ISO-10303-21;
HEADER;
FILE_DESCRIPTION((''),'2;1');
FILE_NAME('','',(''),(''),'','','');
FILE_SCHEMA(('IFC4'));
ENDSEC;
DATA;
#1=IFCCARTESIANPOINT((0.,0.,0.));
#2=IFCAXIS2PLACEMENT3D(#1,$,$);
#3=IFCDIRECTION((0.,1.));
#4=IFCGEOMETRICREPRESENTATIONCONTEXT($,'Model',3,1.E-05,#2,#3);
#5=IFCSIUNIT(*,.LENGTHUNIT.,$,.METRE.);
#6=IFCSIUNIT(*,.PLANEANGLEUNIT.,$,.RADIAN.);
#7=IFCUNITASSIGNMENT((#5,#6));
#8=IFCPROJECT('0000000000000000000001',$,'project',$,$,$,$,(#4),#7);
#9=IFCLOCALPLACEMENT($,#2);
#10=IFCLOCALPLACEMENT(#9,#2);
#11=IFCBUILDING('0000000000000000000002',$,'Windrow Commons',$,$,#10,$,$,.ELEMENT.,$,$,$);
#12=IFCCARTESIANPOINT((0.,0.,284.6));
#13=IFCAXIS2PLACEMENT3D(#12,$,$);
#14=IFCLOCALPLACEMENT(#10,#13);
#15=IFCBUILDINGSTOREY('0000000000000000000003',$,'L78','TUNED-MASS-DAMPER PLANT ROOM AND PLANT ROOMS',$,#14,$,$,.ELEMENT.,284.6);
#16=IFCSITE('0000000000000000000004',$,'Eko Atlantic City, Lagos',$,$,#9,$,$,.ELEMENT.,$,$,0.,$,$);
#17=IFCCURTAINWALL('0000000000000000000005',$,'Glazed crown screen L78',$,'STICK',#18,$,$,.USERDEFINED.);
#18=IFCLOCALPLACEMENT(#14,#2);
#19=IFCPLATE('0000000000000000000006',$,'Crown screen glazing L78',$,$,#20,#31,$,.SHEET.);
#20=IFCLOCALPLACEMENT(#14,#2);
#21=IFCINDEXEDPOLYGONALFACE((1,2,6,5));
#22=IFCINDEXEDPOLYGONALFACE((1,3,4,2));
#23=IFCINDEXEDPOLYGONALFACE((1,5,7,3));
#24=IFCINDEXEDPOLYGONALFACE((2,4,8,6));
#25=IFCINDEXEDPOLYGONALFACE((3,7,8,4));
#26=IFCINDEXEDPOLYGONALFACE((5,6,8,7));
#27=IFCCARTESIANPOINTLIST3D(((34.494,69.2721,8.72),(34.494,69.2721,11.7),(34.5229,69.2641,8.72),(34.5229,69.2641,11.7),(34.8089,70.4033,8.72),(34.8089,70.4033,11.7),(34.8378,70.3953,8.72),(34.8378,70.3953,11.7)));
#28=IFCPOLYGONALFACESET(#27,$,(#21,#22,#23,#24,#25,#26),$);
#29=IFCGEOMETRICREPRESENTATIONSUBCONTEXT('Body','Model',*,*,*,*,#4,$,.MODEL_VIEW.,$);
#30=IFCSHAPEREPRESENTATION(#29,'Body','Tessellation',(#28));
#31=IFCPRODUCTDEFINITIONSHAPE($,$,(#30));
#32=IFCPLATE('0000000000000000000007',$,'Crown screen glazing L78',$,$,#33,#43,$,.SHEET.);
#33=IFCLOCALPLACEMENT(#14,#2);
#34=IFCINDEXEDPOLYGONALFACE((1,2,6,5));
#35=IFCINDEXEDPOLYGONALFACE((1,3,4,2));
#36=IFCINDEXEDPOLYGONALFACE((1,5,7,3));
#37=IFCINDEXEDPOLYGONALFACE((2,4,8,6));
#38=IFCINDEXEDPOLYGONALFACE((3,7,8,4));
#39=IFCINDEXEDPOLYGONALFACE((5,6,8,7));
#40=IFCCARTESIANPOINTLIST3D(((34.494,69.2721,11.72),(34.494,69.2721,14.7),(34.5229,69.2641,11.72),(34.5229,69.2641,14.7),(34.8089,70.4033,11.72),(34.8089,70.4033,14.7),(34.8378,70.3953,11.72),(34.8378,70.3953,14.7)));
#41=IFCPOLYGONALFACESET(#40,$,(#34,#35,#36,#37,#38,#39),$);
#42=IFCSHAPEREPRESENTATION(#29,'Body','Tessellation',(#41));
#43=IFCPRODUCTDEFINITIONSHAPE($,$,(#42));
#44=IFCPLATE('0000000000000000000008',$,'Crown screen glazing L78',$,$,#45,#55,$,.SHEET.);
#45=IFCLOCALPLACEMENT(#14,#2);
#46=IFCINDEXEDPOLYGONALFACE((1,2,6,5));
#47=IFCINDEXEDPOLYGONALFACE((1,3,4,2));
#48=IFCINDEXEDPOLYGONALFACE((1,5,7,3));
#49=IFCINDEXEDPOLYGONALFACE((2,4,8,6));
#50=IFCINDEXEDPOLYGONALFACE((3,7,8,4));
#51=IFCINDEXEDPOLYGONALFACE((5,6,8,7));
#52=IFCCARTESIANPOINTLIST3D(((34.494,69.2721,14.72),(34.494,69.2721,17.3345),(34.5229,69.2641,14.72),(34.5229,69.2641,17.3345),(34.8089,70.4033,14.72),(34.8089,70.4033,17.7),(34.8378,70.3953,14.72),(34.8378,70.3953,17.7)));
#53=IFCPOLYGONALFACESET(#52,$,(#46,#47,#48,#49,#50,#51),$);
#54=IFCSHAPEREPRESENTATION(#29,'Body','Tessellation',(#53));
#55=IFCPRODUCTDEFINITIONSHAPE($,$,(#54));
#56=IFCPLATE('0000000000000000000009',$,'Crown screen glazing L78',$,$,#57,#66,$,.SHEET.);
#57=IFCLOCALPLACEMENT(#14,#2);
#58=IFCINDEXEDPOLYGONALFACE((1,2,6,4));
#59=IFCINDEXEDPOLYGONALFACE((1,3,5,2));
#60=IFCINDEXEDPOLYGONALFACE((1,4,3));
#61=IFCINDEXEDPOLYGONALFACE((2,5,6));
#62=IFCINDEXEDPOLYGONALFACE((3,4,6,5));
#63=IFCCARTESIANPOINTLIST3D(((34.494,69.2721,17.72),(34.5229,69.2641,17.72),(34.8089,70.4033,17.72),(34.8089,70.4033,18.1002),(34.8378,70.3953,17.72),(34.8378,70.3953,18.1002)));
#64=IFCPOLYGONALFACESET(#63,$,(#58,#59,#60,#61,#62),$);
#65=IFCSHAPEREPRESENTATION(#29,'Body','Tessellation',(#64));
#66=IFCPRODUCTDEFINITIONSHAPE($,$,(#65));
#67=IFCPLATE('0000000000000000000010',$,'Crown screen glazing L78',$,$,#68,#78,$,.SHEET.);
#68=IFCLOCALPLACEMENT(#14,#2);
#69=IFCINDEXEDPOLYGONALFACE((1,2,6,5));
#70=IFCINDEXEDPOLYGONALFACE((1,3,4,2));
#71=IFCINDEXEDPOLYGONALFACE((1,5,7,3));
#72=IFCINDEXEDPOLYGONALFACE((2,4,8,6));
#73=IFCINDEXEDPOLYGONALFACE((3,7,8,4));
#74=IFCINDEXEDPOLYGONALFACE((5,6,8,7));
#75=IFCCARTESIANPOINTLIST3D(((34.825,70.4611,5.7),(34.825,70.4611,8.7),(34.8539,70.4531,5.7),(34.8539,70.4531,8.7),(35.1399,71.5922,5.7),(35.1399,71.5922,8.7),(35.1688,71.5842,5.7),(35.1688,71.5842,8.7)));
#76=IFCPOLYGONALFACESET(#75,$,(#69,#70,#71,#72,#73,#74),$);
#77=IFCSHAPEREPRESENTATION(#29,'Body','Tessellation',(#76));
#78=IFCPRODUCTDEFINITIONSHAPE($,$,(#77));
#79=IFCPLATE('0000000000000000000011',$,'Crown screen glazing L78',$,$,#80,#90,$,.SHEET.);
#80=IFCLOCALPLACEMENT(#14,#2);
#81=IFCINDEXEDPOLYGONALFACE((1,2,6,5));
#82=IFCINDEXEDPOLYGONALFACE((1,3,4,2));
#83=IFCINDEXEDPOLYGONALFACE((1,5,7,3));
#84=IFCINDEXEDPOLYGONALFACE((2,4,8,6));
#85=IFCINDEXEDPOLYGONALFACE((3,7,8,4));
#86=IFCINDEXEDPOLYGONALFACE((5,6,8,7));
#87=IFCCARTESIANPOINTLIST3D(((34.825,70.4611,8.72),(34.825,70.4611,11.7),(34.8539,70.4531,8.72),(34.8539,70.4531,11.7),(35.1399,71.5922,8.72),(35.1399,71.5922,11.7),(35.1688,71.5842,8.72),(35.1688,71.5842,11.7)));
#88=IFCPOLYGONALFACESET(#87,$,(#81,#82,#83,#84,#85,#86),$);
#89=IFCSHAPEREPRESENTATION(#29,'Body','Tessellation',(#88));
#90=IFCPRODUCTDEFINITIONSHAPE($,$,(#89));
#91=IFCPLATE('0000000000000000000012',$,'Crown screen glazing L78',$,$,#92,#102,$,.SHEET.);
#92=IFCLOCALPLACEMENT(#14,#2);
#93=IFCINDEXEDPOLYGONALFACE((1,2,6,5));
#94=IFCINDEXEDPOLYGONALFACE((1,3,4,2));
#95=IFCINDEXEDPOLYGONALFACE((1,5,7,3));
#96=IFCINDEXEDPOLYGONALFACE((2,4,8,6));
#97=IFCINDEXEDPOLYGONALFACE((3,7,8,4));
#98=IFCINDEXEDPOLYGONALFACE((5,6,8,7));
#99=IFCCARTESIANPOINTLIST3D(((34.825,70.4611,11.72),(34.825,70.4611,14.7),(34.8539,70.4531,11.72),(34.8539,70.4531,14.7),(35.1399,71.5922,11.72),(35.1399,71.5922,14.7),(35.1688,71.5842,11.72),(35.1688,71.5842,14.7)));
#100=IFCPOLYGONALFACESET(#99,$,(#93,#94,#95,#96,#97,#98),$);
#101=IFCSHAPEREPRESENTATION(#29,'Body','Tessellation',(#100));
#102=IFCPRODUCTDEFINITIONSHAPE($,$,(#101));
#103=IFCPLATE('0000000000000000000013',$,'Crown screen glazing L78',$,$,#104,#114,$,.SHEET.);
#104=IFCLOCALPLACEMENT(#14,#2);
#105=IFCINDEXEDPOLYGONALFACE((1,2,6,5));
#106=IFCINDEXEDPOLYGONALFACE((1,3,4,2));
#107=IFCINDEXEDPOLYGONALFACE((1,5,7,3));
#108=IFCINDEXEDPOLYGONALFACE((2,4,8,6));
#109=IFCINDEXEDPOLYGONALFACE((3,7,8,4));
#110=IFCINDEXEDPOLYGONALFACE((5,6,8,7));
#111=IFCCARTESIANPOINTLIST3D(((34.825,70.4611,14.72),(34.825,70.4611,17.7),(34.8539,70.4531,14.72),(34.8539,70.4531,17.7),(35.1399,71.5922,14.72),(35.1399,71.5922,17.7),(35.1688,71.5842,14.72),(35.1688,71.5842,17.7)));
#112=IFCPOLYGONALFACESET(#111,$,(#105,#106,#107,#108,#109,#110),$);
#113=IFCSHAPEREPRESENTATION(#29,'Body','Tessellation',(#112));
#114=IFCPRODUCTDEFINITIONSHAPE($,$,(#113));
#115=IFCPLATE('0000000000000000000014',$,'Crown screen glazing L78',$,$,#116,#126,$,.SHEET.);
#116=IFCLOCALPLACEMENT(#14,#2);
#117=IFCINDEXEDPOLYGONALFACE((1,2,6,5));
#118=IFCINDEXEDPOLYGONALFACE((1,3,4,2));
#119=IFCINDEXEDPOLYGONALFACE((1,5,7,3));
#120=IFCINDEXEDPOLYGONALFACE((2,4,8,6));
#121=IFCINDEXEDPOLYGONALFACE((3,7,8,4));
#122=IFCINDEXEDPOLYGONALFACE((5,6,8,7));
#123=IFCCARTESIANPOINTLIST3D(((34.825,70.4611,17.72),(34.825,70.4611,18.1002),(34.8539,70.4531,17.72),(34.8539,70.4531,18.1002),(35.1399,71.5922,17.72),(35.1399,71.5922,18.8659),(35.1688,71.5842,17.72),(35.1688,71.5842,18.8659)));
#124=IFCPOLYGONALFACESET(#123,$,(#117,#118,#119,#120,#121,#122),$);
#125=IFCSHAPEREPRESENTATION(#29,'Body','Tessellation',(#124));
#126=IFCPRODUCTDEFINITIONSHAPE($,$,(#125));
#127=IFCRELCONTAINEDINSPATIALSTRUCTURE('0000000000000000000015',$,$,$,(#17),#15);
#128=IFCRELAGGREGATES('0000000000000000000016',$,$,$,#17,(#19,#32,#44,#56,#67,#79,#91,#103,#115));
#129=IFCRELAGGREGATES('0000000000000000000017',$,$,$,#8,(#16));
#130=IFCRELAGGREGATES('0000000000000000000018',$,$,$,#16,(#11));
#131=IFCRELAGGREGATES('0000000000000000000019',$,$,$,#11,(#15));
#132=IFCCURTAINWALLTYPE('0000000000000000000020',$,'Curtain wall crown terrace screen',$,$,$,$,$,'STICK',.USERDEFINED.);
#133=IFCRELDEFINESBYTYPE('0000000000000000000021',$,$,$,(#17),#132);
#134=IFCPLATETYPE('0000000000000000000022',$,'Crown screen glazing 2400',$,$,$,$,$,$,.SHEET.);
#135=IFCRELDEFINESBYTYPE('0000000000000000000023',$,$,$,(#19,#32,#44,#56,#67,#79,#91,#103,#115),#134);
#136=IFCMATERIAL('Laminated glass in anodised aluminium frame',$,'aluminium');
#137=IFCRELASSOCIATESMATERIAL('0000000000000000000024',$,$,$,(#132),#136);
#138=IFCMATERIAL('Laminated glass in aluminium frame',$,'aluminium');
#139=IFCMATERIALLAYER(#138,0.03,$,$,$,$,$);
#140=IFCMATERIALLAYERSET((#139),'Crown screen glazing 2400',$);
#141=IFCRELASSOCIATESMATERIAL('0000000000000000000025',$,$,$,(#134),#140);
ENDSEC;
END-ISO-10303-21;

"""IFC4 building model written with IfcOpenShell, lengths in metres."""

from ifc_helpers import new_model, si_unit, direction, frame, origin, place, context, subcontext, project, spatial, polyline, outline, extrude, material, layer, layer_set, type_object, element, aggregate, save


model = new_model("IFC4")

# Units and contexts
model_context = context("Model", 3, precision=1e-05, world=origin(), true_north=direction((0.0, 1.0)))
body_context = subcontext(model_context, "Body", "Model", "MODEL_VIEW")
ifc_project = project(units=[si_unit("LENGTHUNIT", "METRE"), si_unit("PLANEANGLEUNIT", "RADIAN")], contexts=[model_context])

# Site, building, storey
site_placement = place(None, origin())
site = spatial("IfcSite", under=ifc_project, at=site_placement, Name="Eko Atlantic City, Lagos", CompositionType="ELEMENT", RefElevation=0.0)
building_placement = place(site_placement, origin())
building = spatial("IfcBuilding", under=site, at=building_placement, Name="Windrow Commons", CompositionType="ELEMENT")
storey_placement = place(building_placement, frame((0.0, 0.0, 284.6)))
storey = spatial("IfcBuildingStorey", under=building, at=storey_placement, Name="L78", Description="TUNED-MASS-DAMPER PLANT ROOM AND PLANT ROOMS", CompositionType="ELEMENT", Elevation=284.6)

# Shared definitions
ifc_material_1 = material(Name="Laminated glass in anodised aluminium frame", Category="aluminium")
curtain_wall_type = type_object("IfcCurtainWallType", Name="Curtain wall crown terrace screen", ElementType="STICK", PredefinedType="USERDEFINED", material=ifc_material_1)
placement = place(storey_placement, origin())

# Curtain wall
curtain_wall_1 = element("IfcCurtainWall", 1, at=placement, inside=storey, type_object=curtain_wall_type, Name="Glazed crown screen L78", ObjectType="STICK", PredefinedType="USERDEFINED")

# Plates
ifc_material_2 = material(Name="Laminated glass in aluminium frame", Category="aluminium")
ifc_layer_1 = layer(ifc_material_2, 0.03)
ifc_layer_set_1 = layer_set([ifc_layer_1], Name="Crown screen glazing 2400")
plate_type_1 = type_object("IfcPlateType", Name="Crown screen glazing 2400", PredefinedType="SHEET", material=ifc_layer_set_1)
plate_1_placement = place(storey_placement, frame((34.5229, 69.2641, 8.72), z_axis=(0.963369, -0.26818, 0.0), x_axis=(0.26818, 0.963369, 0.0)))
plate_1 = element("IfcPlate", 2, at=plate_1_placement, type_object=plate_type_1, Name="Crown screen glazing L78", PredefinedType="SHEET", context=body_context, shape_type="SweptSolid", body=[
    extrude(outline(polyline([(0.0, 0.0), (1.1742, 0.0), (1.1742, 2.98), (0.0, 2.98), (0.0, 0.0)])), origin(), (0.0, 0.0, -1.0), 0.03),
])
plate_2_placement = place(storey_placement, frame((34.5229, 69.2641, 11.72), z_axis=(0.963369, -0.26818, 0.0), x_axis=(0.26818, 0.963369, 0.0)))
plate_2 = element("IfcPlate", 3, at=plate_2_placement, type_object=plate_type_1, Name="Crown screen glazing L78", PredefinedType="SHEET", context=body_context, shape_type="SweptSolid", body=[
    extrude(outline(polyline([(0.0, 0.0), (1.1742, 0.0), (1.1742, 2.98), (0.0, 2.98), (0.0, 0.0)])), origin(), (0.0, 0.0, -1.0), 0.03),
])
plate_3_placement = place(storey_placement, frame((34.5229, 69.2641, 14.72), z_axis=(0.963369, -0.26818, 0.0), x_axis=(0.26818, 0.963369, 0.0)))
plate_3 = element("IfcPlate", 4, at=plate_3_placement, type_object=plate_type_1, Name="Crown screen glazing L78", PredefinedType="SHEET", context=body_context, shape_type="SweptSolid", body=[
    extrude(outline(polyline([(0.0, 0.0), (1.1742, 0.0), (1.1742, 2.98), (0.0, 2.6145), (0.0, 0.0)])), origin(), (0.0, 0.0, -1.0), 0.03),
])
plate_4_placement = place(storey_placement, frame((34.5229, 69.2641, 17.72), z_axis=(0.963369, -0.26818, 0.0), x_axis=(0.26818, 0.963369, 0.0)))
plate_4 = element("IfcPlate", 5, at=plate_4_placement, type_object=plate_type_1, Name="Crown screen glazing L78", PredefinedType="SHEET", context=body_context, shape_type="SweptSolid", body=[
    extrude(outline(polyline([(0.0, 0.0), (1.1742, 0.0), (1.1742, 0.3802), (0.0, 0.0)])), origin(), (0.0, 0.0, -1.0), 0.03),
])
plate_5_placement = place(storey_placement, frame((34.8539, 70.4531, 5.7), z_axis=(0.963363, -0.268202, 0.0), x_axis=(0.268202, 0.963363, 0.0)))
plate_5 = element("IfcPlate", 6, at=plate_5_placement, type_object=plate_type_1, Name="Crown screen glazing L78", PredefinedType="SHEET", context=body_context, shape_type="SweptSolid", body=[
    extrude(outline(polyline([(0.0, 0.0), (1.1741, 0.0), (1.1741, 3.0), (0.0, 3.0), (0.0, 0.0)])), origin(), (0.0, 0.0, -1.0), 0.03),
])
plate_6_placement = place(storey_placement, frame((34.8539, 70.4531, 8.72), z_axis=(0.963363, -0.268202, 0.0), x_axis=(0.268202, 0.963363, 0.0)))
plate_6 = element("IfcPlate", 7, at=plate_6_placement, type_object=plate_type_1, Name="Crown screen glazing L78", PredefinedType="SHEET", context=body_context, shape_type="SweptSolid", body=[
    extrude(outline(polyline([(0.0, 0.0), (1.1741, 0.0), (1.1741, 2.98), (0.0, 2.98), (0.0, 0.0)])), origin(), (0.0, 0.0, -1.0), 0.03),
])
plate_7_placement = place(storey_placement, frame((34.8539, 70.4531, 11.72), z_axis=(0.963363, -0.268202, 0.0), x_axis=(0.268202, 0.963363, 0.0)))
plate_7 = element("IfcPlate", 8, at=plate_7_placement, type_object=plate_type_1, Name="Crown screen glazing L78", PredefinedType="SHEET", context=body_context, shape_type="SweptSolid", body=[
    extrude(outline(polyline([(0.0, 0.0), (1.1741, 0.0), (1.1741, 2.98), (0.0, 2.98), (0.0, 0.0)])), origin(), (0.0, 0.0, -1.0), 0.03),
])
plate_8_placement = place(storey_placement, frame((34.8539, 70.4531, 14.72), z_axis=(0.963363, -0.268202, 0.0), x_axis=(0.268202, 0.963363, 0.0)))
plate_8 = element("IfcPlate", 9, at=plate_8_placement, type_object=plate_type_1, Name="Crown screen glazing L78", PredefinedType="SHEET", context=body_context, shape_type="SweptSolid", body=[
    extrude(outline(polyline([(0.0, 0.0), (1.1741, 0.0), (1.1741, 2.98), (0.0, 2.98), (0.0, 0.0)])), origin(), (0.0, 0.0, -1.0), 0.03),
])
plate_9_placement = place(storey_placement, frame((34.8539, 70.4531, 17.72), z_axis=(0.963363, -0.268202, 0.0), x_axis=(0.268202, 0.963363, 0.0)))
plate_9 = element("IfcPlate", 10, at=plate_9_placement, type_object=plate_type_1, Name="Crown screen glazing L78", PredefinedType="SHEET", context=body_context, shape_type="SweptSolid", body=[
    extrude(outline(polyline([(0.0, 0.0), (1.1741, 0.0), (1.1741, 1.1459), (0.0, 0.3802), (0.0, 0.0)])), origin(), (0.0, 0.0, -1.0), 0.03),
])
aggregate(curtain_wall_1, [plate_1, plate_2, plate_3, plate_4, plate_5, plate_6, plate_7, plate_8, plate_9])

save(model, "model.ifc")
